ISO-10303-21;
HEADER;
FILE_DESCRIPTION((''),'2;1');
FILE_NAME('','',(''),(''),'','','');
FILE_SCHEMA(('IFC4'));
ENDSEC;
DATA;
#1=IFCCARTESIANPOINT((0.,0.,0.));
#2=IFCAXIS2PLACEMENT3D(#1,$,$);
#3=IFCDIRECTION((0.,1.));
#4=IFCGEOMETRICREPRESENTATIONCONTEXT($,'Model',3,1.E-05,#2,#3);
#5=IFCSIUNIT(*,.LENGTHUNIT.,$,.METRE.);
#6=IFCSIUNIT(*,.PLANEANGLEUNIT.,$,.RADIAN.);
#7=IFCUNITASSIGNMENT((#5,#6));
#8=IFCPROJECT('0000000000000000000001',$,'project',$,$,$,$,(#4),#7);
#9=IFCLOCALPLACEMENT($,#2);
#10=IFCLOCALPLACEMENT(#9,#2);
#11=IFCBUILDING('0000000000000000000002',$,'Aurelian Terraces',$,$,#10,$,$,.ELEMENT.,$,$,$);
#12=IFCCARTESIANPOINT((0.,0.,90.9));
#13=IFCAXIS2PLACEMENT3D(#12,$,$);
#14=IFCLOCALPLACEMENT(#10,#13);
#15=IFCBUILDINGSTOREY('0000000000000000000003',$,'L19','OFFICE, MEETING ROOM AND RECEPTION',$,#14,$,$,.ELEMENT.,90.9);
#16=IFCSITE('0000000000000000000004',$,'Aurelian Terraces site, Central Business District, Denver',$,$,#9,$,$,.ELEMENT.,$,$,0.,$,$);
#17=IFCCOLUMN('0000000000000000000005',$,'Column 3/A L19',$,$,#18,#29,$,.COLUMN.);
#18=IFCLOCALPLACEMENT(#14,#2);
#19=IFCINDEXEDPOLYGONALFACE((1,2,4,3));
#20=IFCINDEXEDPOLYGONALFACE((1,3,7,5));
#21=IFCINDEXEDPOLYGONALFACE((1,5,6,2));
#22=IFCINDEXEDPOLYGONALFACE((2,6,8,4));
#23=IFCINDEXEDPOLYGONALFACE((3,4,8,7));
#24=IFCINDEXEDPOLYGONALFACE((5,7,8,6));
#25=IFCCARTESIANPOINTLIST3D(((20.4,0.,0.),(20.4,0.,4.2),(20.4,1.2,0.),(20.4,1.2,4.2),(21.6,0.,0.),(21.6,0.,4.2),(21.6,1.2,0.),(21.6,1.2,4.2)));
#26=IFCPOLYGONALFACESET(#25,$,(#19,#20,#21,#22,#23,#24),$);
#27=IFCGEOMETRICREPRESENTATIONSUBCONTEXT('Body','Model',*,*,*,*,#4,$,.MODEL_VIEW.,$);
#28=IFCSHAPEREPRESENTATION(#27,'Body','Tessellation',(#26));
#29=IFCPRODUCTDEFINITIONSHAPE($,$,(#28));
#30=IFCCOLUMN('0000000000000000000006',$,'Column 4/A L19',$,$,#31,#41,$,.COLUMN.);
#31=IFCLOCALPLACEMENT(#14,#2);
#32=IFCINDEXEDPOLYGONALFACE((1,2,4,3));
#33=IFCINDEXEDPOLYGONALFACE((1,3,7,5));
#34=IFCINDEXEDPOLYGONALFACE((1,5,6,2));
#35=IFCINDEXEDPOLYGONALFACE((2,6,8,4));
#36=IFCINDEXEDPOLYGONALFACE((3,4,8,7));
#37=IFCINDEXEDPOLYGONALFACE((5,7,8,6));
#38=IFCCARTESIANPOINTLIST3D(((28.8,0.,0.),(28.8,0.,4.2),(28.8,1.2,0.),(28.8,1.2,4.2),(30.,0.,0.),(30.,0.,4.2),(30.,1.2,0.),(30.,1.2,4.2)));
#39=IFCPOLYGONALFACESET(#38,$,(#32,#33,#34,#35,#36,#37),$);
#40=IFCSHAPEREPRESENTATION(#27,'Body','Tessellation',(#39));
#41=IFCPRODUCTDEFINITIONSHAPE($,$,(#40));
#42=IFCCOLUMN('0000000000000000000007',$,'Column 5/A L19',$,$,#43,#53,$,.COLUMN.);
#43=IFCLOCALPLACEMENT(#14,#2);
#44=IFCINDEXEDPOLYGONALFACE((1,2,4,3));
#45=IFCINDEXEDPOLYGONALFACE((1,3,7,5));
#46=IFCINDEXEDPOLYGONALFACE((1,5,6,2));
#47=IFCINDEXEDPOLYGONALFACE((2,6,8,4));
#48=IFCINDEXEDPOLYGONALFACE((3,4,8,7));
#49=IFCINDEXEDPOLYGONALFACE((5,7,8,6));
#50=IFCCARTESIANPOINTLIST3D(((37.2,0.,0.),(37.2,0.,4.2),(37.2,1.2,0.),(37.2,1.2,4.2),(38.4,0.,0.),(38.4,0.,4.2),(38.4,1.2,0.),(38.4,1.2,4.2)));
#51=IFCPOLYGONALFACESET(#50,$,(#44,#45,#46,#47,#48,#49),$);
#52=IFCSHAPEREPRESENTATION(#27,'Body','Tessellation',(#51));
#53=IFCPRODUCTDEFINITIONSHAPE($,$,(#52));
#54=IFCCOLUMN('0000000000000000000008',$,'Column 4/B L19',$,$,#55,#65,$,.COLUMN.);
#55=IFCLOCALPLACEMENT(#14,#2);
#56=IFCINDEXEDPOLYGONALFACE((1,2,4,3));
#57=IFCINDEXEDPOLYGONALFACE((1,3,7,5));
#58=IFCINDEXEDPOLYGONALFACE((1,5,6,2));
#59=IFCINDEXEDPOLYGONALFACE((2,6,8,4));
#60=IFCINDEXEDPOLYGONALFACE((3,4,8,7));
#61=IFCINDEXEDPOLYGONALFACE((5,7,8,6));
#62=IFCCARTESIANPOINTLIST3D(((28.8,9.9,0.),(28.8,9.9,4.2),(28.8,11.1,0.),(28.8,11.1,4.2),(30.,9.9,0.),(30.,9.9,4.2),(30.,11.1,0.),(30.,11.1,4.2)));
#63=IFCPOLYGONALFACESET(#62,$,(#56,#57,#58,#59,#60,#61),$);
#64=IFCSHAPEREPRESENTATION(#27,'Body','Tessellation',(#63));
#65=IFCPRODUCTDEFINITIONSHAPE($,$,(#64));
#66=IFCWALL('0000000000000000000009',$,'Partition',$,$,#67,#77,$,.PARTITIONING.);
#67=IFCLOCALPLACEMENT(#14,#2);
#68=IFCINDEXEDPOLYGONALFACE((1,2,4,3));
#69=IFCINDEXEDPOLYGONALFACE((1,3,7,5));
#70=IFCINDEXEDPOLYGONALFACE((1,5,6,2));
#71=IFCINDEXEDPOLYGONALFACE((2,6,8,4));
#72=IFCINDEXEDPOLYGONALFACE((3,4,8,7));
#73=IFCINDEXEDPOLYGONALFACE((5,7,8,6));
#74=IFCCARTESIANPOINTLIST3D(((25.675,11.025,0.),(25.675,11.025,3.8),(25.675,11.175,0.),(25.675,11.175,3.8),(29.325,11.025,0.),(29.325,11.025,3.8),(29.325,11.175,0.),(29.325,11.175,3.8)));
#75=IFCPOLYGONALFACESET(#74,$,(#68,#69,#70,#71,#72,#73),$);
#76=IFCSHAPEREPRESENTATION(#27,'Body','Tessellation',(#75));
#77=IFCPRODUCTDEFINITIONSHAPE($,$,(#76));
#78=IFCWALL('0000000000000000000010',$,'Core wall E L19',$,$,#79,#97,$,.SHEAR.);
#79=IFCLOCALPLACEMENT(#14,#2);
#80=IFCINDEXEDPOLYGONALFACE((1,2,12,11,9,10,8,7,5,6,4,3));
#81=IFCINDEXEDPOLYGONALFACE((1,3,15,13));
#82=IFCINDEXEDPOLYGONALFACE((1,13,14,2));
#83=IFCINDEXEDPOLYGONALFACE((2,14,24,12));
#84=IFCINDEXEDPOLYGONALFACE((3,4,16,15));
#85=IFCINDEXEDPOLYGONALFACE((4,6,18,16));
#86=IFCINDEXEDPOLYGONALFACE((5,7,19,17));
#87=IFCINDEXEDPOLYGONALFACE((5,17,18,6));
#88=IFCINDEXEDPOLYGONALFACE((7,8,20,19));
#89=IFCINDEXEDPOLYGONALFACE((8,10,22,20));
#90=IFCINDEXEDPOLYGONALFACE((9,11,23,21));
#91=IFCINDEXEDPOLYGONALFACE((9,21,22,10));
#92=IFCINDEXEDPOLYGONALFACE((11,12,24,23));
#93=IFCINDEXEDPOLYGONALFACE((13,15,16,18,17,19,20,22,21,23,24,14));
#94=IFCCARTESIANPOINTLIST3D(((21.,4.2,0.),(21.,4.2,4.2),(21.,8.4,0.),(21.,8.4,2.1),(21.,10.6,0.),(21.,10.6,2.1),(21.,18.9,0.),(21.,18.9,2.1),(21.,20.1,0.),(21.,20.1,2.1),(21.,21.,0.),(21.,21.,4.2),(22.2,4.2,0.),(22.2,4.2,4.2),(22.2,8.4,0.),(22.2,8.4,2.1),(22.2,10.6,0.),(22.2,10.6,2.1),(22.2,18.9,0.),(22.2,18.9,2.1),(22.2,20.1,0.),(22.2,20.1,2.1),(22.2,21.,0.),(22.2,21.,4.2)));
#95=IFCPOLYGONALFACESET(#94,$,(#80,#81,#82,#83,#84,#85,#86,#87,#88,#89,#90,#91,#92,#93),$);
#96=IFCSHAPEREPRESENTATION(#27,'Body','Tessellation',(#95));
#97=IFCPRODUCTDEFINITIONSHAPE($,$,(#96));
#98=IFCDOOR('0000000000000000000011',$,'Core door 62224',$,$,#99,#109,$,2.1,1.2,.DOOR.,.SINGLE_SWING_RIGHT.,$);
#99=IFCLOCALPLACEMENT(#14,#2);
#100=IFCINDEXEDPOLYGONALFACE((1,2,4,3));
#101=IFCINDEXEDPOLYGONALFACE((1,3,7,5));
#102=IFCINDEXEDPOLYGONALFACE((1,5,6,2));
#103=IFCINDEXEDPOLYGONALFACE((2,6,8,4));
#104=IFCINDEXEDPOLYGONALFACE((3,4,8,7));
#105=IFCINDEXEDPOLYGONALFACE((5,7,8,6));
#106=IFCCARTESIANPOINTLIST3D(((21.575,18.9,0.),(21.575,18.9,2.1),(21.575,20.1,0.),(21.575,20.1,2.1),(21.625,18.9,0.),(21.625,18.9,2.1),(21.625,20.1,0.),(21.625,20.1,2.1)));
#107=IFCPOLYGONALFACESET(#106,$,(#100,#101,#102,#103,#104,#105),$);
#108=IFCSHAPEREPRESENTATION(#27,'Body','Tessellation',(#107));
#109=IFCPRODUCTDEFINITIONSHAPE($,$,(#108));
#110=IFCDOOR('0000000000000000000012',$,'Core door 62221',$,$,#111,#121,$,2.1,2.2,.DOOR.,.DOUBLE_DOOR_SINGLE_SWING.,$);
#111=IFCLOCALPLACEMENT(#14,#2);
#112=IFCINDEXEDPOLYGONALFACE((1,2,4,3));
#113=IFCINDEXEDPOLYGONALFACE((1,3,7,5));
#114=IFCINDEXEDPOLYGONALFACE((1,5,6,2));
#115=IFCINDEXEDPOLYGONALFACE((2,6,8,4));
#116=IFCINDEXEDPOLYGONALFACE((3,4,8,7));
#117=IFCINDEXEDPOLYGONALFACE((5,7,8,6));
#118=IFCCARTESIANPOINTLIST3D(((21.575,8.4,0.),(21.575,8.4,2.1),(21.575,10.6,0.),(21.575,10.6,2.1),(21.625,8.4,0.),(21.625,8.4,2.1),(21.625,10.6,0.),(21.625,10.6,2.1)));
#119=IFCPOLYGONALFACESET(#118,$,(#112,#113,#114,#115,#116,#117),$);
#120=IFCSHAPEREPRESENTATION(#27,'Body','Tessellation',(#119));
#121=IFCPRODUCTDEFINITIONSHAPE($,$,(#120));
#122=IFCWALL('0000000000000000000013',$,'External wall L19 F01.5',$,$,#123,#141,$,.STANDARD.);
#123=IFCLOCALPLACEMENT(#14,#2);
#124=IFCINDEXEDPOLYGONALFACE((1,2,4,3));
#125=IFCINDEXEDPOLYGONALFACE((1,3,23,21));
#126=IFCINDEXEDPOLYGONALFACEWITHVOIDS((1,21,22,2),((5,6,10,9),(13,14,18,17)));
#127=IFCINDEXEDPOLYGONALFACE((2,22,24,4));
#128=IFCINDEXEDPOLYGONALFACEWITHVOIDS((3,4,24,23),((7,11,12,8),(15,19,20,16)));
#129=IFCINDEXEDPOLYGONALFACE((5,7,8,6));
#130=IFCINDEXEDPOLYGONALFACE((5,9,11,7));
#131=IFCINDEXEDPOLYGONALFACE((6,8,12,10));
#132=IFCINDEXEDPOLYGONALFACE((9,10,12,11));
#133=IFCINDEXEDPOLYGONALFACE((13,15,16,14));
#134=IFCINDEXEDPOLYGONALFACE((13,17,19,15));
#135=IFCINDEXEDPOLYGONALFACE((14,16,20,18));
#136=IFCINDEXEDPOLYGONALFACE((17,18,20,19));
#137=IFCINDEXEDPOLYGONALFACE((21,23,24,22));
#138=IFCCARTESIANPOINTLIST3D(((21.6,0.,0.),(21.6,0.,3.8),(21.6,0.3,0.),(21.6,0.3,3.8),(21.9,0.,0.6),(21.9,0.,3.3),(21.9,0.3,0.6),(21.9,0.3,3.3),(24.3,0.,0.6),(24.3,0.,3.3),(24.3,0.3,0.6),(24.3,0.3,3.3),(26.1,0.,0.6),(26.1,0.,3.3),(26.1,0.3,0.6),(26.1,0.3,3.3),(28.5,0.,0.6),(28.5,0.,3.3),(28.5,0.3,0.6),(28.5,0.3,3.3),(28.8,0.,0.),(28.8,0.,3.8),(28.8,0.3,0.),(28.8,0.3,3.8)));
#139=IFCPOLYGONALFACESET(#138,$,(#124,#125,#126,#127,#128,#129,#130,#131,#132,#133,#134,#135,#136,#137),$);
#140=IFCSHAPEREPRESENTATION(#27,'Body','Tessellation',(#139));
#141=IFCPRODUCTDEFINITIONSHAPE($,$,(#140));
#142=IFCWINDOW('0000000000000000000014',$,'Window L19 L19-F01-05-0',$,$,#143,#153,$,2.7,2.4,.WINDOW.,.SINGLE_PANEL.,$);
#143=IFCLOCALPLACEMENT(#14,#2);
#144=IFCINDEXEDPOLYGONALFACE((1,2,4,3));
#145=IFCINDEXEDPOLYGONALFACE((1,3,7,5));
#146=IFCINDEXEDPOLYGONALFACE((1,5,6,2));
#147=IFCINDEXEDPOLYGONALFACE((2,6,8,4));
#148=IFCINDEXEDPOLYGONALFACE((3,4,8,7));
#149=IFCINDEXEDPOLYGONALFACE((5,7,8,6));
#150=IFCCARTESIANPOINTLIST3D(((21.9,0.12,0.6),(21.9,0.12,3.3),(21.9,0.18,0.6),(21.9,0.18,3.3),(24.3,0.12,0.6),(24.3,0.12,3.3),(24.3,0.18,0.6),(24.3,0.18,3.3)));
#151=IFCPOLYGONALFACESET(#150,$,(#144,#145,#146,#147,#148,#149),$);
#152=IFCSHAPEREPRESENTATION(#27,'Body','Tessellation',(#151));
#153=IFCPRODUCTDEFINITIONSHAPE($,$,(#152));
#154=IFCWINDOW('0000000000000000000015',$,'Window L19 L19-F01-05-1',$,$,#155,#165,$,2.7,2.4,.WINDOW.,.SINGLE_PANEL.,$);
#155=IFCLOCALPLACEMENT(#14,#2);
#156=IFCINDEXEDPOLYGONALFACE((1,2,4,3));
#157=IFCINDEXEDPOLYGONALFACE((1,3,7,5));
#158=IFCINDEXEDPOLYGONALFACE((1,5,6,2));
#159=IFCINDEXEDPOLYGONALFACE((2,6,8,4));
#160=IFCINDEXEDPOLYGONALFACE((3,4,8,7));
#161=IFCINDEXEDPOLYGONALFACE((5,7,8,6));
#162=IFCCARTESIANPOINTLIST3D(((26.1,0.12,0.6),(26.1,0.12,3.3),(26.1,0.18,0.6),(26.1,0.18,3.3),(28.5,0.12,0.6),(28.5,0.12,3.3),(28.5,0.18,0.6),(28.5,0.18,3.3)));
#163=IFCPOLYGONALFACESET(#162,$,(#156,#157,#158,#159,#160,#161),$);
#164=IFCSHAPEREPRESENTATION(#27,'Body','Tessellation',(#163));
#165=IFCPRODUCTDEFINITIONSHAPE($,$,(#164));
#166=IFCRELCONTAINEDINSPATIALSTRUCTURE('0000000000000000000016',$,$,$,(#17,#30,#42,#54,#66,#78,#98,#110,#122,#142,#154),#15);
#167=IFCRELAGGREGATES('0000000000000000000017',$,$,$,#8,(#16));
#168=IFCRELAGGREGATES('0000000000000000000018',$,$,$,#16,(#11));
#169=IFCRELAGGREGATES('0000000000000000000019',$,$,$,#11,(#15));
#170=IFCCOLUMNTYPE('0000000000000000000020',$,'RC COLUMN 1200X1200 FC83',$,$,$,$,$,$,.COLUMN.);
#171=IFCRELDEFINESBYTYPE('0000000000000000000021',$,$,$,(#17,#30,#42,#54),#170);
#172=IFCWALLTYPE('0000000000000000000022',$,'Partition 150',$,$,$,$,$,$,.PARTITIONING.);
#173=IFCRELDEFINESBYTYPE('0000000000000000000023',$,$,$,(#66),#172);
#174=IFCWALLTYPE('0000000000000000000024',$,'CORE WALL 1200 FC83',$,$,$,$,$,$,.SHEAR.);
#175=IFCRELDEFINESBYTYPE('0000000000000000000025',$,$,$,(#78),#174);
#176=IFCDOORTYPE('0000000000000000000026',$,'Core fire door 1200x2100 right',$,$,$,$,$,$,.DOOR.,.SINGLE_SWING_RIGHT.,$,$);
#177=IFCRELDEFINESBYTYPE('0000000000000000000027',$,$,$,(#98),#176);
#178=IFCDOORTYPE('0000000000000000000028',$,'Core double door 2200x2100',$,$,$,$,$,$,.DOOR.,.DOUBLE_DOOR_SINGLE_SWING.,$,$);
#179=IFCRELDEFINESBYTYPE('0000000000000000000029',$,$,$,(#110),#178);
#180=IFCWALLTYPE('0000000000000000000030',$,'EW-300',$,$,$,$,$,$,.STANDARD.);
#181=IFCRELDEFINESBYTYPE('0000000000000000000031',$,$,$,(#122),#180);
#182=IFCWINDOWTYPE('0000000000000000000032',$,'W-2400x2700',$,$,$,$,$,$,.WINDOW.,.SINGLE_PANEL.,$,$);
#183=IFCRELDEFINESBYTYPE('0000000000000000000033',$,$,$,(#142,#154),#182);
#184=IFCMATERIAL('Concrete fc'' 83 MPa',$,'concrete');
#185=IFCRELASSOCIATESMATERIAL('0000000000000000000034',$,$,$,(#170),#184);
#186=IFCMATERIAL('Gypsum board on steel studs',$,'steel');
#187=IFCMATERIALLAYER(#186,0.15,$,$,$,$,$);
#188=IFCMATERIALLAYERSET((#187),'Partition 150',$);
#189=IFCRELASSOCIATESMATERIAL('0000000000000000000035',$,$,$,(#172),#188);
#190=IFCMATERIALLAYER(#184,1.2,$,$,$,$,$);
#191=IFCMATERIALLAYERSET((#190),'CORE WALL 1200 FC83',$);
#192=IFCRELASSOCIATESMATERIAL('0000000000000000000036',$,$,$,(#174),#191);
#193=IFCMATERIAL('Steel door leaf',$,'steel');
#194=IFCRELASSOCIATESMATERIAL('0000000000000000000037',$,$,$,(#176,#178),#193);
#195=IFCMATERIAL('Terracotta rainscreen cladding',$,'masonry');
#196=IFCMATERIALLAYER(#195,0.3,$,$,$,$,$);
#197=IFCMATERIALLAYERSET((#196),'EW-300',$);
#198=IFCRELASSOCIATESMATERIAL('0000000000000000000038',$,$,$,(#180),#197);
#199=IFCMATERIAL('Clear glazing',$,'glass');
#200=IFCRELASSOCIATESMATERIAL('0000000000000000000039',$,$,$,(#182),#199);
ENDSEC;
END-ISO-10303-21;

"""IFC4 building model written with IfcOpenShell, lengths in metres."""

from ifc_helpers import new_model, si_unit, direction, frame, frame_2d, origin, origin_2d, place, context, subcontext, project, spatial, rectangle, extrude, source, transform, mapped, material, layer, layer_set, material_profile, profile_set, type_object, element, fill, save


model = new_model("IFC4")

# Units and contexts
model_context = context("Model", 3, precision=1e-05, world=origin(), true_north=direction((0.0, 1.0)))
body_context = subcontext(model_context, "Body", "Model", "MODEL_VIEW")
ifc_project = project(units=[si_unit("LENGTHUNIT", "METRE"), si_unit("PLANEANGLEUNIT", "RADIAN")], contexts=[model_context])

# Site, building, storey
site_placement = place(None, origin())
site = spatial("IfcSite", under=ifc_project, at=site_placement, Name="Aurelian Terraces site, Central Business District, Denver", CompositionType="ELEMENT", RefElevation=0.0)
building_placement = place(site_placement, origin())
building = spatial("IfcBuilding", under=site, at=building_placement, Name="Aurelian Terraces", CompositionType="ELEMENT")
storey_placement = place(building_placement, frame((0.0, 0.0, 90.9)))
storey = spatial("IfcBuildingStorey", under=building, at=storey_placement, Name="L19", Description="OFFICE, MEETING ROOM AND RECEPTION", CompositionType="ELEMENT", Elevation=90.9)

# Columns
ifc_material_1 = material(Name="Concrete fc' 83 MPa", Category="concrete")
ifc_material_profile = material_profile(ifc_material_1, rectangle(XDim=1.2, YDim=1.2, at=origin_2d()))
ifc_profile_set = profile_set([ifc_material_profile], Name="Concrete fc' 83 MPa")
column_type = type_object("IfcColumnType", Name="RC COLUMN 1200X1200 FC83", PredefinedType="COLUMN", material=ifc_profile_set)
shared_shape_1 = source(origin(), body_context, "Body", "SweptSolid", [
    extrude(rectangle(XDim=1.2, YDim=1.2, at=origin_2d()), origin(), (0.0, 0.0, 1.0), 4.2),
])
for number, where, z_axis, x_axis, name in (
    (1, (21.0, 0.6, 0.0), (0.0, 0.0, 1.0), (1.0, 0.0, 0.0), "Column 3/A L19"),
    (2, (29.4, 0.6, 0.0), (0.0, 0.0, 1.0), (1.0, 0.0, 0.0), "Column 4/A L19"),
    (3, (37.8, 0.6, 0.0), (0.0, 0.0, 1.0), (1.0, 0.0, 0.0), "Column 5/A L19"),
    (4, (29.4, 10.5, 0.0), (0.0, 0.0, 1.0), (1.0, 0.0, 0.0), "Column 4/B L19"),
):
    element("IfcColumn", number, at=place(storey_placement, frame(where, z_axis=z_axis, x_axis=x_axis)), inside=storey, type_object=column_type, Name=name, PredefinedType="COLUMN", context=body_context, shape_type="MappedRepresentation", body=[
        mapped(shared_shape_1, transform((0.0, 0.0, 0.0), scale=1.0)),
    ])

# Wall
ifc_material_2 = material(Name="Gypsum board on steel studs", Category="steel")
ifc_layer_1 = layer(ifc_material_2, 0.15)
ifc_layer_set_1 = layer_set([ifc_layer_1], Name="Partition 150")
wall_type_1 = type_object("IfcWallType", Name="Partition 150", PredefinedType="PARTITIONING", material=ifc_layer_set_1)
wall_1_placement = place(storey_placement, frame((29.325, 11.1, 0.0), z_axis=(0.0, 0.0, 1.0), x_axis=(-1.0, 0.0, 0.0)))
element("IfcWall", 5, at=wall_1_placement, inside=storey, type_object=wall_type_1, Name="Partition", PredefinedType="PARTITIONING", context=body_context, shape_type="SweptSolid", body=[
    extrude(rectangle(XDim=3.65, YDim=0.15, at=frame_2d((1.825, 0.0))), origin(), (0.0, 0.0, 1.0), 3.8),
])

# Wall, openings, doors
ifc_layer_2 = layer(ifc_material_1, 1.2)
ifc_layer_set_2 = layer_set([ifc_layer_2], Name="CORE WALL 1200 FC83")
wall_type_2 = type_object("IfcWallType", Name="CORE WALL 1200 FC83", PredefinedType="SHEAR", material=ifc_layer_set_2)
shared_shape_2 = source(origin(), body_context, "Body", "SweptSolid", [
    extrude(rectangle(XDim=16.8, YDim=1.2, at=frame_2d((8.4, 0.0))), origin(), (0.0, 0.0, 1.0), 4.2),
])
wall_2_placement = place(storey_placement, frame((21.6, 4.2, 0.0), z_axis=(0.0, 0.0, 1.0), x_axis=(0.0, 1.0, 0.0)))
wall_2 = element("IfcWall", 6, at=wall_2_placement, inside=storey, type_object=wall_type_2, Name="Core wall E L19", PredefinedType="SHEAR", context=body_context, shape_type="MappedRepresentation", body=[
    mapped(shared_shape_2, transform((0.0, 0.0, 0.0), scale=1.0)),
])
shared_shape_3 = source(origin(), body_context, "Body", "SweptSolid", [
    extrude(rectangle(XDim=2.2, YDim=2.1, at=frame_2d((1.1, 1.05))), frame((0.0, 0.61, 0.0), z_axis=(0.0, -1.0, 0.0), x_axis=(1.0, 0.0, 0.0)), (0.0, 0.0, 1.0), 1.22),
])
opening_1_placement = place(wall_2_placement, frame((4.2, 0.0, 0.0)))
opening_1 = element("IfcOpeningElement", 7, at=opening_1_placement, cuts=wall_2, PredefinedType="OPENING", context=body_context, shape_type="MappedRepresentation", body=[
    mapped(shared_shape_3, transform((0.0, 0.0, 0.0), scale=1.0)),
])
shared_shape_4 = source(origin(), body_context, "Body", "SweptSolid", [
    extrude(rectangle(XDim=1.2, YDim=2.1, at=frame_2d((0.6, 1.05))), frame((0.0, 0.61, 0.0), z_axis=(0.0, -1.0, 0.0), x_axis=(1.0, 0.0, 0.0)), (0.0, 0.0, 1.0), 1.22),
])
opening_2_placement = place(wall_2_placement, frame((14.7, 0.0, 0.0)))
opening_2 = element("IfcOpeningElement", 8, at=opening_2_placement, cuts=wall_2, PredefinedType="OPENING", context=body_context, shape_type="MappedRepresentation", body=[
    mapped(shared_shape_4, transform((0.0, 0.0, 0.0), scale=1.0)),
])
ifc_material_3 = material(Name="Steel door leaf", Category="steel")
door_type_1 = type_object("IfcDoorType", Name="Core fire door 1200x2100 right", OperationType="SINGLE_SWING_RIGHT", PredefinedType="DOOR", material=ifc_material_3)
shared_shape_5 = source(origin(), body_context, "Body", "SweptSolid", [
    extrude(rectangle(XDim=1.2, YDim=2.1, at=frame_2d((0.6, 1.05))), frame((0.0, 0.025, 0.0), z_axis=(0.0, -1.0, 0.0), x_axis=(1.0, 0.0, 0.0)), (0.0, 0.0, 1.0), 0.05),
])
door_1_placement = place(opening_2_placement, origin())
door_1 = element("IfcDoor", 9, at=door_1_placement, inside=storey, type_object=door_type_1, Name="Core door 62224", OperationType="SINGLE_SWING_RIGHT", OverallHeight=2.1, OverallWidth=1.2, PredefinedType="DOOR", context=body_context, shape_type="MappedRepresentation", body=[
    mapped(shared_shape_5, transform((0.0, 0.0, 0.0), scale=1.0)),
])
fill(opening_2, door_1)
door_type_2 = type_object("IfcDoorType", Name="Core double door 2200x2100", OperationType="DOUBLE_DOOR_SINGLE_SWING", PredefinedType="DOOR", material=ifc_material_3)
shared_shape_6 = source(origin(), body_context, "Body", "SweptSolid", [
    extrude(rectangle(XDim=2.2, YDim=2.1, at=frame_2d((1.1, 1.05))), frame((0.0, 0.025, 0.0), z_axis=(0.0, -1.0, 0.0), x_axis=(1.0, 0.0, 0.0)), (0.0, 0.0, 1.0), 0.05),
])
door_2_placement = place(opening_1_placement, origin())
door_2 = element("IfcDoor", 10, at=door_2_placement, inside=storey, type_object=door_type_2, Name="Core door 62221", OperationType="DOUBLE_DOOR_SINGLE_SWING", OverallHeight=2.1, OverallWidth=2.2, PredefinedType="DOOR", context=body_context, shape_type="MappedRepresentation", body=[
    mapped(shared_shape_6, transform((0.0, 0.0, 0.0), scale=1.0)),
])
fill(opening_1, door_2)

# Wall, openings, windows
ifc_material_4 = material(Name="Terracotta rainscreen cladding", Category="masonry")
ifc_layer_3 = layer(ifc_material_4, 0.3)
ifc_layer_set_3 = layer_set([ifc_layer_3], Name="EW-300")
wall_type_3 = type_object("IfcWallType", Name="EW-300", PredefinedType="STANDARD", material=ifc_layer_set_3)
shared_shape_7 = source(origin(), body_context, "Body", "SweptSolid", [
    extrude(rectangle(XDim=7.2, YDim=0.3, at=frame_2d((3.6, 0.0))), origin(), (0.0, 0.0, 1.0), 3.8),
])
wall_3_placement = place(storey_placement, frame((21.6, 0.15, 0.0), z_axis=(0.0, 0.0, 1.0), x_axis=(1.0, 0.0, 0.0)))
wall_3 = element("IfcWall", 11, at=wall_3_placement, inside=storey, type_object=wall_type_3, Name="External wall L19 F01.5", PredefinedType="STANDARD", context=body_context, shape_type="MappedRepresentation", body=[
    mapped(shared_shape_7, transform((0.0, 0.0, 0.0), scale=1.0)),
])
shared_shape_8 = source(origin(), body_context, "Body", "SweptSolid", [
    extrude(rectangle(XDim=2.4, YDim=2.7, at=frame_2d((1.2, 1.35))), frame((0.0, 0.16, 0.0), z_axis=(0.0, -1.0, 0.0), x_axis=(1.0, 0.0, 0.0)), (0.0, 0.0, 1.0), 0.32),
])
opening_3_placement = place(wall_3_placement, frame((0.3, 0.0, 0.6)))
opening_3 = element("IfcOpeningElement", 12, at=opening_3_placement, cuts=wall_3, PredefinedType="OPENING", context=body_context, shape_type="MappedRepresentation", body=[
    mapped(shared_shape_8, transform((0.0, 0.0, 0.0), scale=1.0)),
])
opening_4_placement = place(wall_3_placement, frame((4.5, 0.0, 0.6)))
opening_4 = element("IfcOpeningElement", 13, at=opening_4_placement, cuts=wall_3, PredefinedType="OPENING", context=body_context, shape_type="MappedRepresentation", body=[
    mapped(shared_shape_8, transform((0.0, 0.0, 0.0), scale=1.0)),
])
ifc_material_5 = material(Name="Clear glazing", Category="glass")
window_type_1 = type_object("IfcWindowType", Name="W-2400x2700", PartitioningType="SINGLE_PANEL", PredefinedType="WINDOW", material=ifc_material_5)
shared_shape_9 = source(origin(), body_context, "Body", "SweptSolid", [
    extrude(rectangle(XDim=2.4, YDim=2.7, at=frame_2d((1.2, 1.35))), frame((0.0, 0.03, 0.0), z_axis=(0.0, -1.0, 0.0), x_axis=(1.0, 0.0, 0.0)), (0.0, 0.0, 1.0), 0.06),
])
window_1_placement = place(opening_3_placement, origin())
window_1 = element("IfcWindow", 14, at=window_1_placement, inside=storey, type_object=window_type_1, Name="Window L19 L19-F01-05-0", OverallHeight=2.7, OverallWidth=2.4, PartitioningType="SINGLE_PANEL", PredefinedType="WINDOW", context=body_context, shape_type="MappedRepresentation", body=[
    mapped(shared_shape_9, transform((0.0, 0.0, 0.0), scale=1.0)),
])
fill(opening_3, window_1)
window_2_placement = place(opening_4_placement, origin())
window_2 = element("IfcWindow", 15, at=window_2_placement, inside=storey, type_object=window_type_1, Name="Window L19 L19-F01-05-1", OverallHeight=2.7, OverallWidth=2.4, PartitioningType="SINGLE_PANEL", PredefinedType="WINDOW", context=body_context, shape_type="MappedRepresentation", body=[
    mapped(shared_shape_9, transform((0.0, 0.0, 0.0), scale=1.0)),
])
fill(opening_4, window_2)

save(model, "model.ifc")
